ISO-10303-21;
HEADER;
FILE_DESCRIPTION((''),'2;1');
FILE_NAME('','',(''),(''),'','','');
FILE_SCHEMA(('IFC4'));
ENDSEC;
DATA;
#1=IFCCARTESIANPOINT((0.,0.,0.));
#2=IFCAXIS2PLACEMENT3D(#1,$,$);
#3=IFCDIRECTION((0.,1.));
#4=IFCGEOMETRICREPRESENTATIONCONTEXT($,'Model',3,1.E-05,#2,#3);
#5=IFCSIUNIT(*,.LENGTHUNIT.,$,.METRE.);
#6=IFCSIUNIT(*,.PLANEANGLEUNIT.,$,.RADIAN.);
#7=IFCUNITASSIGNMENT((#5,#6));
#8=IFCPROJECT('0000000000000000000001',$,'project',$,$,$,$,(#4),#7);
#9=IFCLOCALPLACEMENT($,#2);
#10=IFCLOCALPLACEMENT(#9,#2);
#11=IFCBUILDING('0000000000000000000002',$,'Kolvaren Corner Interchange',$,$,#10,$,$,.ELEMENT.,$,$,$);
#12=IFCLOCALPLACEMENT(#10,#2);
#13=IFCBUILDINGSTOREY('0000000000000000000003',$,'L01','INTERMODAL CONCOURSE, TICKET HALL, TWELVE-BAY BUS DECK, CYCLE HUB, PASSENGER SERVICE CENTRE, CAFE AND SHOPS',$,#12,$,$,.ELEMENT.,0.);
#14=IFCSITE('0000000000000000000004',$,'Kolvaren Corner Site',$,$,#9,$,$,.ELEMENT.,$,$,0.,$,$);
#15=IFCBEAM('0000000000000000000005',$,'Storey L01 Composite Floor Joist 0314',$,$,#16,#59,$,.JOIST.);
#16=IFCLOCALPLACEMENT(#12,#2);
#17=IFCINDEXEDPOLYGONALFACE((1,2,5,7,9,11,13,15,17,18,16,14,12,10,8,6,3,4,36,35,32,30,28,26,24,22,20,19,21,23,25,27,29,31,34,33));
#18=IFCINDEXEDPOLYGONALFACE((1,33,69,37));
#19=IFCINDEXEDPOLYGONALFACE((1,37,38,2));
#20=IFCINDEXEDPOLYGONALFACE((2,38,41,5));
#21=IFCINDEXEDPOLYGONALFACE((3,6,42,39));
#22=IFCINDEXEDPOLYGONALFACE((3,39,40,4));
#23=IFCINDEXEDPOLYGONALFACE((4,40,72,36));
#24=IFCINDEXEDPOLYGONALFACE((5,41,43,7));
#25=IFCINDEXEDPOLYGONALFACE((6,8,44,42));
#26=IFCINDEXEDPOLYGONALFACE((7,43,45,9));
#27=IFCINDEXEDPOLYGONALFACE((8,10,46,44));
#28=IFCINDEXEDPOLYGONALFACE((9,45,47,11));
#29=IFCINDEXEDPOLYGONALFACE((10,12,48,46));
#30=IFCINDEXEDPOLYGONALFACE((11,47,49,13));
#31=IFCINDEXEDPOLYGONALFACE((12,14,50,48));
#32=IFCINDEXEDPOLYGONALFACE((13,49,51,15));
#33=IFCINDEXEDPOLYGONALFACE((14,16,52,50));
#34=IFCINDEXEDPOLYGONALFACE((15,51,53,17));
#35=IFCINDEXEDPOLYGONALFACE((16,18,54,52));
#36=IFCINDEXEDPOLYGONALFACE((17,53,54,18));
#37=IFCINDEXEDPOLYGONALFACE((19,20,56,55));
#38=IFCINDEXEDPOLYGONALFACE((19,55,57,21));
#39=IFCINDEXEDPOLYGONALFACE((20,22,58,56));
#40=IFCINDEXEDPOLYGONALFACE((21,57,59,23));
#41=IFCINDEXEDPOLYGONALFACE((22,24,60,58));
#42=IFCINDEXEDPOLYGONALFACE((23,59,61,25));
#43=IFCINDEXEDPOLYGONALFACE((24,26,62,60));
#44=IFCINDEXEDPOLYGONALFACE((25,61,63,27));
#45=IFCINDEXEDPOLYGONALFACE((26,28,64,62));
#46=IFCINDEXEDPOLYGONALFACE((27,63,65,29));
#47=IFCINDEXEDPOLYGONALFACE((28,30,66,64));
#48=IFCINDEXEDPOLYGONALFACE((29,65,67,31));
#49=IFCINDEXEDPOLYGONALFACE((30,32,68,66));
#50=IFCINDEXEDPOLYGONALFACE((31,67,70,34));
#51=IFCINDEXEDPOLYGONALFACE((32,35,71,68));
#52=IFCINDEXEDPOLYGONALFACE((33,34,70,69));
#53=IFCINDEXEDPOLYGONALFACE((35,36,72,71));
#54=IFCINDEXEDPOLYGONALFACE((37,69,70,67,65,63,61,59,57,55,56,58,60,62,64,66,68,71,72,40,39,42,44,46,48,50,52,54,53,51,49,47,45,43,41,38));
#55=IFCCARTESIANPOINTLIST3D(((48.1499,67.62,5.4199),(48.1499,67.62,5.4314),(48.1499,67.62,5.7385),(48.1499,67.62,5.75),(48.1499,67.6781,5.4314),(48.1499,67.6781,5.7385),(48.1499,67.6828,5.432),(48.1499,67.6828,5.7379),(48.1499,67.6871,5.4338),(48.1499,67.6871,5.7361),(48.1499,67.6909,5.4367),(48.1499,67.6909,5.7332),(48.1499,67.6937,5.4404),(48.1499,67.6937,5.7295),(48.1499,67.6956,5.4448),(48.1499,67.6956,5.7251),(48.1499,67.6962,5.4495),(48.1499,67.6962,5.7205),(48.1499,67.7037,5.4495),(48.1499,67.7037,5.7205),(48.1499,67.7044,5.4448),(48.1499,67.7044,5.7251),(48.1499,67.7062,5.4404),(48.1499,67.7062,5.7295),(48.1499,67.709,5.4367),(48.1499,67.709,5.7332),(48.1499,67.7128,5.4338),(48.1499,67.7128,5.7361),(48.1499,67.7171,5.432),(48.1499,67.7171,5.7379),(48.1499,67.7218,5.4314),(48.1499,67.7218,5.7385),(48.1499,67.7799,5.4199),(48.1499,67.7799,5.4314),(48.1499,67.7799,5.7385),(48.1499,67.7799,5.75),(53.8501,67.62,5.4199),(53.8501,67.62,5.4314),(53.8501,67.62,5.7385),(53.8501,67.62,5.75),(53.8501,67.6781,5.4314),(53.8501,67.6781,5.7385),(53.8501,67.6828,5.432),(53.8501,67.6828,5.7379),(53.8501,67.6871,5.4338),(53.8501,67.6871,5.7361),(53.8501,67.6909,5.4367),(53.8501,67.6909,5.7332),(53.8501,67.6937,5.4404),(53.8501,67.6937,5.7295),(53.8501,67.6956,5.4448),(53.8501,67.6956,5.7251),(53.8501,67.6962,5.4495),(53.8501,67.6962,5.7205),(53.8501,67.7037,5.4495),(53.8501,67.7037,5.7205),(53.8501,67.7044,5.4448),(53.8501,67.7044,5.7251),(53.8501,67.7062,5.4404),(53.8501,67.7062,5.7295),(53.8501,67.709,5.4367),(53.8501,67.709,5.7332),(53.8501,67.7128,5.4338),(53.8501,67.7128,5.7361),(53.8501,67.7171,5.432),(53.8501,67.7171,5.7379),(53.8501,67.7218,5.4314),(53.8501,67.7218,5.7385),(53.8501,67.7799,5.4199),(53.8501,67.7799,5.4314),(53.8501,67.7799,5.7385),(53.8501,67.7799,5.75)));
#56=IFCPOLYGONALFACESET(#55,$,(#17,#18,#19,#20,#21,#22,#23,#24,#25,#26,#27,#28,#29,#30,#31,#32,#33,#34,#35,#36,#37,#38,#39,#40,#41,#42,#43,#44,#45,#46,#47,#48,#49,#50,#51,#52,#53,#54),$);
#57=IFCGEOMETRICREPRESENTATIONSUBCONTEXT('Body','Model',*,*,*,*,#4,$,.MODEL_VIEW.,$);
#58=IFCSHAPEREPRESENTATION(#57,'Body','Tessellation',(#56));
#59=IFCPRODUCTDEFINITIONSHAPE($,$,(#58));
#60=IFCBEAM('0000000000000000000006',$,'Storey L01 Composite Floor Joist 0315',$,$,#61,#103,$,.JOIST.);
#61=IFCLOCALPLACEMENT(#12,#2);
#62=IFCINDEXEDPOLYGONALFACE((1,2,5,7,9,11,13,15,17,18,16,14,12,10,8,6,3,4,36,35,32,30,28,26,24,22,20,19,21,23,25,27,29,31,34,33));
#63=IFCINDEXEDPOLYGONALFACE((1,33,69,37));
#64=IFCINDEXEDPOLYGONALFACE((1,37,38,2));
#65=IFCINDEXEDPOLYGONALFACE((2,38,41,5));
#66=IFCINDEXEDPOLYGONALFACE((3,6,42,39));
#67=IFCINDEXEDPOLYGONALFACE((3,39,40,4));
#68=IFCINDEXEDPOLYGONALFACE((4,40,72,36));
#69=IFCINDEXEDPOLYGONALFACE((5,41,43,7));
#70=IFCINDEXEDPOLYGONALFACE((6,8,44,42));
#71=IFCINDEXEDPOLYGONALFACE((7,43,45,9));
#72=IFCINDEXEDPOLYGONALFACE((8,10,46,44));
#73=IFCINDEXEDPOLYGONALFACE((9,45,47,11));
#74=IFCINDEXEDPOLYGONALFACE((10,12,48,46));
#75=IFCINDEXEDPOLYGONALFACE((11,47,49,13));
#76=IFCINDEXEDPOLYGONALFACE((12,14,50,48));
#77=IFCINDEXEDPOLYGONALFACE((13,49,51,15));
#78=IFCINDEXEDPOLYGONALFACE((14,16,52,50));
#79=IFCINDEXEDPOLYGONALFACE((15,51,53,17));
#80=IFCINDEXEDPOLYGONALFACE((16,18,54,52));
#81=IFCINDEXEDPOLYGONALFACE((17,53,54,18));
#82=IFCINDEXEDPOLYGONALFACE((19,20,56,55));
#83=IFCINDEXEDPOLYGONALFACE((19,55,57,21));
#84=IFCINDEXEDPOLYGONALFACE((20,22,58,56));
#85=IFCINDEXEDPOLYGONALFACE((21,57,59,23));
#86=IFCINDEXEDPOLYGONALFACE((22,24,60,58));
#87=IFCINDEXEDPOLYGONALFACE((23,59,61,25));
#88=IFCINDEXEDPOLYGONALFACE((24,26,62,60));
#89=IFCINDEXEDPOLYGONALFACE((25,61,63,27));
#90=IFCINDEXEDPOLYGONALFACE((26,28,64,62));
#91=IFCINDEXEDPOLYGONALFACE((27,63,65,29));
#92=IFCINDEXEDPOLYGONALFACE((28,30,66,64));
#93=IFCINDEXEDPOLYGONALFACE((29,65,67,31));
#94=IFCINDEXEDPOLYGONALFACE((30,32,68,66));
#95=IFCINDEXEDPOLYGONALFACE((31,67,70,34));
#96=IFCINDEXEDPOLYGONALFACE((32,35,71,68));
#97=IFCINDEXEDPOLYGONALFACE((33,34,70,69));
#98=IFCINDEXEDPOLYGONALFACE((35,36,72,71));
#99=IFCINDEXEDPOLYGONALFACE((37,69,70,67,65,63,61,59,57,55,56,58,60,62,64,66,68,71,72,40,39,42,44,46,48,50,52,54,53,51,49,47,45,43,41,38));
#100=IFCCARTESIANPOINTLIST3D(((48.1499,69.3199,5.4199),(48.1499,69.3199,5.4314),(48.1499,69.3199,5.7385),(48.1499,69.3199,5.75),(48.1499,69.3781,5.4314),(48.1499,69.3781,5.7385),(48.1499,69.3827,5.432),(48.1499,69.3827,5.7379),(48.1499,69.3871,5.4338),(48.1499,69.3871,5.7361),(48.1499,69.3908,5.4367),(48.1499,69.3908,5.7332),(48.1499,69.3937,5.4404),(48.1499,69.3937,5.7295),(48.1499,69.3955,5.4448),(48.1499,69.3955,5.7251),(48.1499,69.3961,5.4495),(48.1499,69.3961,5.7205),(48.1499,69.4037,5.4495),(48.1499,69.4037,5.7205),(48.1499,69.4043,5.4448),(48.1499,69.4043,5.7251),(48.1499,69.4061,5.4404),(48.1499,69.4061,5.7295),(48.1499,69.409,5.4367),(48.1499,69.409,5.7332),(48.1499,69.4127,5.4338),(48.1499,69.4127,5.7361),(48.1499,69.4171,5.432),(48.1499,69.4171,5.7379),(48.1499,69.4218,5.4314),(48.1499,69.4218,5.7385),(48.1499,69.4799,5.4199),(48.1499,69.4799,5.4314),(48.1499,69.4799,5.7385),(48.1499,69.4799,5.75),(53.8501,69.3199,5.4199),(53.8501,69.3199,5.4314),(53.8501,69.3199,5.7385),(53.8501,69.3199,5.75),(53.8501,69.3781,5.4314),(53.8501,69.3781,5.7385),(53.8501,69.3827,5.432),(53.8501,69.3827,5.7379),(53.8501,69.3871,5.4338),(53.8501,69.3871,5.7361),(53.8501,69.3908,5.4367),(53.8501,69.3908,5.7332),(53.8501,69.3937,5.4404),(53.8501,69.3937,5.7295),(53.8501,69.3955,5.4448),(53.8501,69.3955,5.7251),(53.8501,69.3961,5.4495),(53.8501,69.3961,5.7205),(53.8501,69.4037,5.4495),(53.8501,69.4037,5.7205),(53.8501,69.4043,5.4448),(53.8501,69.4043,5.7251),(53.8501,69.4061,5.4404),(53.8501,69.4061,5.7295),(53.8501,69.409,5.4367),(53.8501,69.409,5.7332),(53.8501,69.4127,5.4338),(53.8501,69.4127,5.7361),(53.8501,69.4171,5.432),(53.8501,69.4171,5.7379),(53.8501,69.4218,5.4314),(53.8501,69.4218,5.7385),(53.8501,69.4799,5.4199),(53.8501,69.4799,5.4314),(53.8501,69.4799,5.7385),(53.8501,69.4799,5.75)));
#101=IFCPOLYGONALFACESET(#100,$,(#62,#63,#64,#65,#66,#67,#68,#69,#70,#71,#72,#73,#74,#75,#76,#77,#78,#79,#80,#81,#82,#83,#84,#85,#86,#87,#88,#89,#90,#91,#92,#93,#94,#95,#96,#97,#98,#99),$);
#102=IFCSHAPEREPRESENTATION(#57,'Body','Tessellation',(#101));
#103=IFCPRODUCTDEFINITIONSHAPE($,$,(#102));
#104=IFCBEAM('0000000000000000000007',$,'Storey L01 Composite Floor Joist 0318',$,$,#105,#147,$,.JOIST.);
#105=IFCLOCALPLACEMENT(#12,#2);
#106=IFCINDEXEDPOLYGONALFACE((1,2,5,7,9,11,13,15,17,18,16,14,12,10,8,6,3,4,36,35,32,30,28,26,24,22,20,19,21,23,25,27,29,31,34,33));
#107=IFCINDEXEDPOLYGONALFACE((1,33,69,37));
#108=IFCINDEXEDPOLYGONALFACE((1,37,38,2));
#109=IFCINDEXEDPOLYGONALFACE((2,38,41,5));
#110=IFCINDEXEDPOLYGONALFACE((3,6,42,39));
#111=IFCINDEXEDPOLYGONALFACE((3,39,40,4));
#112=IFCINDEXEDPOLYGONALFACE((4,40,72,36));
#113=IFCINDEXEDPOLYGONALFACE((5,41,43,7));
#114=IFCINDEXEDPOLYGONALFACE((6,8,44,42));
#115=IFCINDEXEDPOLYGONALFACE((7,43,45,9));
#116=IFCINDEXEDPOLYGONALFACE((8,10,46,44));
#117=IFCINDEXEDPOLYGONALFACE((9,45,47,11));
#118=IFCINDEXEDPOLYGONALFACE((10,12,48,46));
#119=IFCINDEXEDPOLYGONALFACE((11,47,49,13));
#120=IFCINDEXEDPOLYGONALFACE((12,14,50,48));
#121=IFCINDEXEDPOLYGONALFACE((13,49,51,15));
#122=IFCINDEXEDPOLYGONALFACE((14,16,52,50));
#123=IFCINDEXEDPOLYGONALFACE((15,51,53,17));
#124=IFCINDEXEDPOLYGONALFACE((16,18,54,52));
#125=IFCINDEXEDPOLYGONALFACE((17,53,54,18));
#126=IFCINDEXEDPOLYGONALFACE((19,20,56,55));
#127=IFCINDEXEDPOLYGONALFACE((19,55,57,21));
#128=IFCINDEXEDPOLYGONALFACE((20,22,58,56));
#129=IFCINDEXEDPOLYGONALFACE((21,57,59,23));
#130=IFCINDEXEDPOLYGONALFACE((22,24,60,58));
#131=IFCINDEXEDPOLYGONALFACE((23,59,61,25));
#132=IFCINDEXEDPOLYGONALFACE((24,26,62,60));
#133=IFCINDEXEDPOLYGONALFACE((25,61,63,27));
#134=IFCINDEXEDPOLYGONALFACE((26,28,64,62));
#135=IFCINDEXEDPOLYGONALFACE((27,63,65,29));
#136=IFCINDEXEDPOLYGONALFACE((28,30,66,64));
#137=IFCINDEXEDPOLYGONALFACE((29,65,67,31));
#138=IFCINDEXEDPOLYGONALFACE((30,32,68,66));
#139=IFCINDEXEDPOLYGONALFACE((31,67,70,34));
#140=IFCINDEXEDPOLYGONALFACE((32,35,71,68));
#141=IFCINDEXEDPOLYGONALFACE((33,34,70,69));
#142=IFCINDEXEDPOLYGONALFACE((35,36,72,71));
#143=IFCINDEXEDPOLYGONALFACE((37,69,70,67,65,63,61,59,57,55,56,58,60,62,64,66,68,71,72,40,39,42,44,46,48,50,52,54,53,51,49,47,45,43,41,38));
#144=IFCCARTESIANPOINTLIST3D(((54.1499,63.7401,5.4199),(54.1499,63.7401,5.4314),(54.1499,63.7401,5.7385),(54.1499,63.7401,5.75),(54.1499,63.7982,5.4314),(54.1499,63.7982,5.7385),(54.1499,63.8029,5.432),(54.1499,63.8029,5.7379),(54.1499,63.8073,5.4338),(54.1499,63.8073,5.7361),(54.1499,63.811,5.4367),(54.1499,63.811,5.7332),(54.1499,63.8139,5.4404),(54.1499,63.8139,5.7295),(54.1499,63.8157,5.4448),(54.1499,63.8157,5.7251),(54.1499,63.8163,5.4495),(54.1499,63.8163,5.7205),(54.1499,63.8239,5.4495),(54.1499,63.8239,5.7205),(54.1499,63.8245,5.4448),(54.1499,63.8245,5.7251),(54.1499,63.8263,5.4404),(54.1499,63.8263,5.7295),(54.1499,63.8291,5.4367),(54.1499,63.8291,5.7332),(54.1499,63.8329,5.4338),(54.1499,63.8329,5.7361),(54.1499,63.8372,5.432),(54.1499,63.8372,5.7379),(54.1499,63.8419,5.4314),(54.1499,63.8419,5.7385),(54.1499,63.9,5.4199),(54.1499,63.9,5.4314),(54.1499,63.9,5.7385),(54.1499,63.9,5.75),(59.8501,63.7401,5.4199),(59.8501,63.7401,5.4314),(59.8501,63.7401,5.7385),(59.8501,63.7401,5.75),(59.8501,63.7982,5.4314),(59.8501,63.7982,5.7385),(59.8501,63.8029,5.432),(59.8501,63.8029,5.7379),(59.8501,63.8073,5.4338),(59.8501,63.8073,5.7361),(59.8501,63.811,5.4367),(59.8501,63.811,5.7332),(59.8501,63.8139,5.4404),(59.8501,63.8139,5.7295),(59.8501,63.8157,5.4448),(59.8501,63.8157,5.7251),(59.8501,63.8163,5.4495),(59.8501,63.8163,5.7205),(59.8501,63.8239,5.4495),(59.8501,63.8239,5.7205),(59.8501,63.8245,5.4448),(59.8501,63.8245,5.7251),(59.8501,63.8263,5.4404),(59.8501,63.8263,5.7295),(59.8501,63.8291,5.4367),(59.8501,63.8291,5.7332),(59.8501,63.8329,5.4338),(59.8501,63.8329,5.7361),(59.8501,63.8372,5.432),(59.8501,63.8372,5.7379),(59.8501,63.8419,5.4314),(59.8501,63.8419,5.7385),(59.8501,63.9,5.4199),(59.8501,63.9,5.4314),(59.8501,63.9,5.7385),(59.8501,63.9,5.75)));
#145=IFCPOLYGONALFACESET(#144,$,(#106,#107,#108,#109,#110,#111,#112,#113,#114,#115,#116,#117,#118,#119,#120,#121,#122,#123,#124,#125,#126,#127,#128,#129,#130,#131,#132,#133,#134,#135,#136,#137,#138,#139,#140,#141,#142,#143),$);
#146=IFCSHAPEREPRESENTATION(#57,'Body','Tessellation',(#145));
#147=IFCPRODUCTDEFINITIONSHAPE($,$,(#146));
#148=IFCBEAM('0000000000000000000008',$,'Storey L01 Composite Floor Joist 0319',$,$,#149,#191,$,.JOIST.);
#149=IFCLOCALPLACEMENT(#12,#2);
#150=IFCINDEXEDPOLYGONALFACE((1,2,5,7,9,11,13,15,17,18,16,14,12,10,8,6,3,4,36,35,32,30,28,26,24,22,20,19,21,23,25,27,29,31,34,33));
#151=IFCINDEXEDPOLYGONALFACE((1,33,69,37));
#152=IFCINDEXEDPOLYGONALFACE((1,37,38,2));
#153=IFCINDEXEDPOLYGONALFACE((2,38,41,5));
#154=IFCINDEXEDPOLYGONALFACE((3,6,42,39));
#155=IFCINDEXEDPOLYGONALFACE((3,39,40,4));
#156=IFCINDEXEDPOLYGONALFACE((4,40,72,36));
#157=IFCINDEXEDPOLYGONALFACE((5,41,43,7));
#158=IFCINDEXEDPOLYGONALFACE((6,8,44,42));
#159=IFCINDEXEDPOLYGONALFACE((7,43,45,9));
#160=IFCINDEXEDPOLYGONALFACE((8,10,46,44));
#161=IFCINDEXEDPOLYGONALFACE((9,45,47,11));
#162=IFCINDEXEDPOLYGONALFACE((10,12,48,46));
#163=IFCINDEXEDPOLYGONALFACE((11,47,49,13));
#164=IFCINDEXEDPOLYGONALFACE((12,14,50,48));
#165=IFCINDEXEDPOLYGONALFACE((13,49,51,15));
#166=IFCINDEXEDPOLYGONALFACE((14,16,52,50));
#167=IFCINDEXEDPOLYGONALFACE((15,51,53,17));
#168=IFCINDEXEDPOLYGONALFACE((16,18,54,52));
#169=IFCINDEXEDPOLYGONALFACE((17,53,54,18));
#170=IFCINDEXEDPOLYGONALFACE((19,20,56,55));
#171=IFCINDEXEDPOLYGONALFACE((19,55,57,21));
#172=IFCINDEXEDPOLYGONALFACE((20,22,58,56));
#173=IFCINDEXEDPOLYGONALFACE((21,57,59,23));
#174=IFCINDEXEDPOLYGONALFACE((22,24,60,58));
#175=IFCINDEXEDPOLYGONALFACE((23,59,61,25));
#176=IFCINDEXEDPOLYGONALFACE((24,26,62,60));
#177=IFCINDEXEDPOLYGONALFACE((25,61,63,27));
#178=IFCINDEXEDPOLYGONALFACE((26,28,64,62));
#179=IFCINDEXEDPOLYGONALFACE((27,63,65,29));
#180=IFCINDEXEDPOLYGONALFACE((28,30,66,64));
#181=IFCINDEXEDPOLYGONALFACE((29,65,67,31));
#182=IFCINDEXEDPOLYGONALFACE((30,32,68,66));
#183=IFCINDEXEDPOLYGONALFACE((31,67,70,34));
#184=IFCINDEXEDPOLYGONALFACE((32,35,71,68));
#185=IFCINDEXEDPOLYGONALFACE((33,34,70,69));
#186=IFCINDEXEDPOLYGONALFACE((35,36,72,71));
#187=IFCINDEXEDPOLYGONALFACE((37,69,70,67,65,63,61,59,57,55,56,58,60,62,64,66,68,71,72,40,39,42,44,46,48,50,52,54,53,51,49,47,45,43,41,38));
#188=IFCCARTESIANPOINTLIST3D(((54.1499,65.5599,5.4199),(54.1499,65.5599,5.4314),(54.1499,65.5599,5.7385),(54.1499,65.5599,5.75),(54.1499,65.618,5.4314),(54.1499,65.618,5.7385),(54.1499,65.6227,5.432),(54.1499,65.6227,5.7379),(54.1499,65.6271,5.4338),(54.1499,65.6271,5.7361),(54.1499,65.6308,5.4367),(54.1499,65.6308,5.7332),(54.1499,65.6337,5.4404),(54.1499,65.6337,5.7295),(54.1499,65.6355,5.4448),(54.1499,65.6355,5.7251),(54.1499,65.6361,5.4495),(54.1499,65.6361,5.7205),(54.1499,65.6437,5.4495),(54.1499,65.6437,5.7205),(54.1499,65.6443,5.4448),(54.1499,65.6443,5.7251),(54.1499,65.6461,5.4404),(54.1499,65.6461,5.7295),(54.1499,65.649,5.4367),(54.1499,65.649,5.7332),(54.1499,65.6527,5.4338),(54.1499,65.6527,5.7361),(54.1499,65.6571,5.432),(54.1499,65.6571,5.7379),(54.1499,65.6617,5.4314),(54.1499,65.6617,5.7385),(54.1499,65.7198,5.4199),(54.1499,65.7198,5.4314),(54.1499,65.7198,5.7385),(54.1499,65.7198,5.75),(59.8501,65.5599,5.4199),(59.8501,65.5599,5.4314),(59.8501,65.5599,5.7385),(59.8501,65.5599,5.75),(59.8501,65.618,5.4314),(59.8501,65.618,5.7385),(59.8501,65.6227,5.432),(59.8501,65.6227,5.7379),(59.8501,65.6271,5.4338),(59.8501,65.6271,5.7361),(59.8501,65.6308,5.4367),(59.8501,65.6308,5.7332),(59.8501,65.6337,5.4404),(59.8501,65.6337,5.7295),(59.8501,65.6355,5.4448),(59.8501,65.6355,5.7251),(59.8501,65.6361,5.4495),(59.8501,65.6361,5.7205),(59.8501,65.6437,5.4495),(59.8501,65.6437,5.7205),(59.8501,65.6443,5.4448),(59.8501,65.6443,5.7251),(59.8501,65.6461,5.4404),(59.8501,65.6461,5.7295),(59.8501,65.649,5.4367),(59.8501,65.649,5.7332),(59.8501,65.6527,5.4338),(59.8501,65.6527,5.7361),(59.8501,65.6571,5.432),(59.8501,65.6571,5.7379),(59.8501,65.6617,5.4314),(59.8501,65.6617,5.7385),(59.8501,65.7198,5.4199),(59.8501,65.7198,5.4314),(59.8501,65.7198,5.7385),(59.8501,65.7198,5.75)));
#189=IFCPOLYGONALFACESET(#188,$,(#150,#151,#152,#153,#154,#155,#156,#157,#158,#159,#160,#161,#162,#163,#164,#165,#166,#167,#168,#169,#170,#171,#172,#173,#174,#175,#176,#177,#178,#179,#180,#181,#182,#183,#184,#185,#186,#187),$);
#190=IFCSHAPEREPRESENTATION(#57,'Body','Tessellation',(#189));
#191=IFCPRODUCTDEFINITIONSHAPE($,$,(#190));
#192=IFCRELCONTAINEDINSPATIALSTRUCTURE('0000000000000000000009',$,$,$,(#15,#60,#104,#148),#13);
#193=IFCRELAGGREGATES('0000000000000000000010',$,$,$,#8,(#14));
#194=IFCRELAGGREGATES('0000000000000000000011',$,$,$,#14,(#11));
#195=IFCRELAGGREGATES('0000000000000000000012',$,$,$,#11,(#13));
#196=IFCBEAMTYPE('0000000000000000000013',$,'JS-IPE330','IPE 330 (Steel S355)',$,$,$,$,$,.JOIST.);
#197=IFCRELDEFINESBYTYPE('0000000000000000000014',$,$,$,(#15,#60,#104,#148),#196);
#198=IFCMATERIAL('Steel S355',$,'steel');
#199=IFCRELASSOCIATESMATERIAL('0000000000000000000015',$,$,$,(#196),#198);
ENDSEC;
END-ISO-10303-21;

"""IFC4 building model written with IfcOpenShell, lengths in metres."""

from ifc_helpers import new_model, si_unit, direction, frame, origin, origin_2d, place, context, subcontext, project, spatial, i_section, extrude, material, material_profile, profile_set, type_object, element, save


model = new_model("IFC4")

# Units and contexts
model_context = context("Model", 3, precision=1e-05, world=origin(), true_north=direction((0.0, 1.0)))
body_context = subcontext(model_context, "Body", "Model", "MODEL_VIEW")
ifc_project = project(units=[si_unit("LENGTHUNIT", "METRE"), si_unit("PLANEANGLEUNIT", "RADIAN")], contexts=[model_context])

# Site, building, storey
site_placement = place(None, origin())
site = spatial("IfcSite", under=ifc_project, at=site_placement, Name="Kolvaren Corner Site", CompositionType="ELEMENT", RefElevation=0.0)
building_placement = place(site_placement, origin())
building = spatial("IfcBuilding", under=site, at=building_placement, Name="Kolvaren Corner Interchange", CompositionType="ELEMENT")
storey_placement = place(building_placement, origin())
storey = spatial("IfcBuildingStorey", under=building, at=storey_placement, Name="L01", Description="INTERMODAL CONCOURSE, TICKET HALL, TWELVE-BAY BUS DECK, CYCLE HUB, PASSENGER SERVICE CENTRE, CAFE AND SHOPS", CompositionType="ELEMENT", Elevation=0.0)

# Beams
ifc_material_1 = material(Name="Steel S355", Category="steel")
ifc_material_profile_1 = material_profile(ifc_material_1, i_section(OverallWidth=0.1599, OverallDepth=0.3301, WebThickness=0.0076, FlangeThickness=0.0115, FilletRadius=0.0181, at=origin_2d()), Name="IPE 330")
ifc_profile_set_1 = profile_set([ifc_material_profile_1], Name="Steel S355")
beam_type_1 = type_object("IfcBeamType", Name="JS-IPE330", Description="IPE 330 (Steel S355)", PredefinedType="JOIST", material=ifc_profile_set_1)
for number, where, z_axis, x_axis, name in (
    (1, (48.1499, 67.7, 5.585), (1.0, 0.0, 0.0), (0.0, 1.0, 0.0), "Storey L01 Composite Floor Joist 0314"),
    (2, (48.1499, 69.3999, 5.585), (1.0, 0.0, 0.0), (0.0, 1.0, 0.0), "Storey L01 Composite Floor Joist 0315"),
    (3, (54.1499, 63.8201, 5.585), (1.0, 0.0, 0.0), (0.0, 1.0, 0.0), "Storey L01 Composite Floor Joist 0318"),
    (4, (54.1499, 65.6399, 5.585), (1.0, 0.0, 0.0), (0.0, 1.0, 0.0), "Storey L01 Composite Floor Joist 0319"),
):
    element("IfcBeam", number, at=place(storey_placement, frame(where, z_axis=z_axis, x_axis=x_axis)), inside=storey, type_object=beam_type_1, Name=name, PredefinedType="JOIST", context=body_context, shape_type="SweptSolid", body=[
        extrude(i_section(OverallWidth=0.1599, OverallDepth=0.3301, WebThickness=0.0076, FlangeThickness=0.0115, FilletRadius=0.0181, at=origin_2d()), origin(), (0.0, 0.0, 1.0), 5.7002),
    ])

save(model, "model.ifc")
